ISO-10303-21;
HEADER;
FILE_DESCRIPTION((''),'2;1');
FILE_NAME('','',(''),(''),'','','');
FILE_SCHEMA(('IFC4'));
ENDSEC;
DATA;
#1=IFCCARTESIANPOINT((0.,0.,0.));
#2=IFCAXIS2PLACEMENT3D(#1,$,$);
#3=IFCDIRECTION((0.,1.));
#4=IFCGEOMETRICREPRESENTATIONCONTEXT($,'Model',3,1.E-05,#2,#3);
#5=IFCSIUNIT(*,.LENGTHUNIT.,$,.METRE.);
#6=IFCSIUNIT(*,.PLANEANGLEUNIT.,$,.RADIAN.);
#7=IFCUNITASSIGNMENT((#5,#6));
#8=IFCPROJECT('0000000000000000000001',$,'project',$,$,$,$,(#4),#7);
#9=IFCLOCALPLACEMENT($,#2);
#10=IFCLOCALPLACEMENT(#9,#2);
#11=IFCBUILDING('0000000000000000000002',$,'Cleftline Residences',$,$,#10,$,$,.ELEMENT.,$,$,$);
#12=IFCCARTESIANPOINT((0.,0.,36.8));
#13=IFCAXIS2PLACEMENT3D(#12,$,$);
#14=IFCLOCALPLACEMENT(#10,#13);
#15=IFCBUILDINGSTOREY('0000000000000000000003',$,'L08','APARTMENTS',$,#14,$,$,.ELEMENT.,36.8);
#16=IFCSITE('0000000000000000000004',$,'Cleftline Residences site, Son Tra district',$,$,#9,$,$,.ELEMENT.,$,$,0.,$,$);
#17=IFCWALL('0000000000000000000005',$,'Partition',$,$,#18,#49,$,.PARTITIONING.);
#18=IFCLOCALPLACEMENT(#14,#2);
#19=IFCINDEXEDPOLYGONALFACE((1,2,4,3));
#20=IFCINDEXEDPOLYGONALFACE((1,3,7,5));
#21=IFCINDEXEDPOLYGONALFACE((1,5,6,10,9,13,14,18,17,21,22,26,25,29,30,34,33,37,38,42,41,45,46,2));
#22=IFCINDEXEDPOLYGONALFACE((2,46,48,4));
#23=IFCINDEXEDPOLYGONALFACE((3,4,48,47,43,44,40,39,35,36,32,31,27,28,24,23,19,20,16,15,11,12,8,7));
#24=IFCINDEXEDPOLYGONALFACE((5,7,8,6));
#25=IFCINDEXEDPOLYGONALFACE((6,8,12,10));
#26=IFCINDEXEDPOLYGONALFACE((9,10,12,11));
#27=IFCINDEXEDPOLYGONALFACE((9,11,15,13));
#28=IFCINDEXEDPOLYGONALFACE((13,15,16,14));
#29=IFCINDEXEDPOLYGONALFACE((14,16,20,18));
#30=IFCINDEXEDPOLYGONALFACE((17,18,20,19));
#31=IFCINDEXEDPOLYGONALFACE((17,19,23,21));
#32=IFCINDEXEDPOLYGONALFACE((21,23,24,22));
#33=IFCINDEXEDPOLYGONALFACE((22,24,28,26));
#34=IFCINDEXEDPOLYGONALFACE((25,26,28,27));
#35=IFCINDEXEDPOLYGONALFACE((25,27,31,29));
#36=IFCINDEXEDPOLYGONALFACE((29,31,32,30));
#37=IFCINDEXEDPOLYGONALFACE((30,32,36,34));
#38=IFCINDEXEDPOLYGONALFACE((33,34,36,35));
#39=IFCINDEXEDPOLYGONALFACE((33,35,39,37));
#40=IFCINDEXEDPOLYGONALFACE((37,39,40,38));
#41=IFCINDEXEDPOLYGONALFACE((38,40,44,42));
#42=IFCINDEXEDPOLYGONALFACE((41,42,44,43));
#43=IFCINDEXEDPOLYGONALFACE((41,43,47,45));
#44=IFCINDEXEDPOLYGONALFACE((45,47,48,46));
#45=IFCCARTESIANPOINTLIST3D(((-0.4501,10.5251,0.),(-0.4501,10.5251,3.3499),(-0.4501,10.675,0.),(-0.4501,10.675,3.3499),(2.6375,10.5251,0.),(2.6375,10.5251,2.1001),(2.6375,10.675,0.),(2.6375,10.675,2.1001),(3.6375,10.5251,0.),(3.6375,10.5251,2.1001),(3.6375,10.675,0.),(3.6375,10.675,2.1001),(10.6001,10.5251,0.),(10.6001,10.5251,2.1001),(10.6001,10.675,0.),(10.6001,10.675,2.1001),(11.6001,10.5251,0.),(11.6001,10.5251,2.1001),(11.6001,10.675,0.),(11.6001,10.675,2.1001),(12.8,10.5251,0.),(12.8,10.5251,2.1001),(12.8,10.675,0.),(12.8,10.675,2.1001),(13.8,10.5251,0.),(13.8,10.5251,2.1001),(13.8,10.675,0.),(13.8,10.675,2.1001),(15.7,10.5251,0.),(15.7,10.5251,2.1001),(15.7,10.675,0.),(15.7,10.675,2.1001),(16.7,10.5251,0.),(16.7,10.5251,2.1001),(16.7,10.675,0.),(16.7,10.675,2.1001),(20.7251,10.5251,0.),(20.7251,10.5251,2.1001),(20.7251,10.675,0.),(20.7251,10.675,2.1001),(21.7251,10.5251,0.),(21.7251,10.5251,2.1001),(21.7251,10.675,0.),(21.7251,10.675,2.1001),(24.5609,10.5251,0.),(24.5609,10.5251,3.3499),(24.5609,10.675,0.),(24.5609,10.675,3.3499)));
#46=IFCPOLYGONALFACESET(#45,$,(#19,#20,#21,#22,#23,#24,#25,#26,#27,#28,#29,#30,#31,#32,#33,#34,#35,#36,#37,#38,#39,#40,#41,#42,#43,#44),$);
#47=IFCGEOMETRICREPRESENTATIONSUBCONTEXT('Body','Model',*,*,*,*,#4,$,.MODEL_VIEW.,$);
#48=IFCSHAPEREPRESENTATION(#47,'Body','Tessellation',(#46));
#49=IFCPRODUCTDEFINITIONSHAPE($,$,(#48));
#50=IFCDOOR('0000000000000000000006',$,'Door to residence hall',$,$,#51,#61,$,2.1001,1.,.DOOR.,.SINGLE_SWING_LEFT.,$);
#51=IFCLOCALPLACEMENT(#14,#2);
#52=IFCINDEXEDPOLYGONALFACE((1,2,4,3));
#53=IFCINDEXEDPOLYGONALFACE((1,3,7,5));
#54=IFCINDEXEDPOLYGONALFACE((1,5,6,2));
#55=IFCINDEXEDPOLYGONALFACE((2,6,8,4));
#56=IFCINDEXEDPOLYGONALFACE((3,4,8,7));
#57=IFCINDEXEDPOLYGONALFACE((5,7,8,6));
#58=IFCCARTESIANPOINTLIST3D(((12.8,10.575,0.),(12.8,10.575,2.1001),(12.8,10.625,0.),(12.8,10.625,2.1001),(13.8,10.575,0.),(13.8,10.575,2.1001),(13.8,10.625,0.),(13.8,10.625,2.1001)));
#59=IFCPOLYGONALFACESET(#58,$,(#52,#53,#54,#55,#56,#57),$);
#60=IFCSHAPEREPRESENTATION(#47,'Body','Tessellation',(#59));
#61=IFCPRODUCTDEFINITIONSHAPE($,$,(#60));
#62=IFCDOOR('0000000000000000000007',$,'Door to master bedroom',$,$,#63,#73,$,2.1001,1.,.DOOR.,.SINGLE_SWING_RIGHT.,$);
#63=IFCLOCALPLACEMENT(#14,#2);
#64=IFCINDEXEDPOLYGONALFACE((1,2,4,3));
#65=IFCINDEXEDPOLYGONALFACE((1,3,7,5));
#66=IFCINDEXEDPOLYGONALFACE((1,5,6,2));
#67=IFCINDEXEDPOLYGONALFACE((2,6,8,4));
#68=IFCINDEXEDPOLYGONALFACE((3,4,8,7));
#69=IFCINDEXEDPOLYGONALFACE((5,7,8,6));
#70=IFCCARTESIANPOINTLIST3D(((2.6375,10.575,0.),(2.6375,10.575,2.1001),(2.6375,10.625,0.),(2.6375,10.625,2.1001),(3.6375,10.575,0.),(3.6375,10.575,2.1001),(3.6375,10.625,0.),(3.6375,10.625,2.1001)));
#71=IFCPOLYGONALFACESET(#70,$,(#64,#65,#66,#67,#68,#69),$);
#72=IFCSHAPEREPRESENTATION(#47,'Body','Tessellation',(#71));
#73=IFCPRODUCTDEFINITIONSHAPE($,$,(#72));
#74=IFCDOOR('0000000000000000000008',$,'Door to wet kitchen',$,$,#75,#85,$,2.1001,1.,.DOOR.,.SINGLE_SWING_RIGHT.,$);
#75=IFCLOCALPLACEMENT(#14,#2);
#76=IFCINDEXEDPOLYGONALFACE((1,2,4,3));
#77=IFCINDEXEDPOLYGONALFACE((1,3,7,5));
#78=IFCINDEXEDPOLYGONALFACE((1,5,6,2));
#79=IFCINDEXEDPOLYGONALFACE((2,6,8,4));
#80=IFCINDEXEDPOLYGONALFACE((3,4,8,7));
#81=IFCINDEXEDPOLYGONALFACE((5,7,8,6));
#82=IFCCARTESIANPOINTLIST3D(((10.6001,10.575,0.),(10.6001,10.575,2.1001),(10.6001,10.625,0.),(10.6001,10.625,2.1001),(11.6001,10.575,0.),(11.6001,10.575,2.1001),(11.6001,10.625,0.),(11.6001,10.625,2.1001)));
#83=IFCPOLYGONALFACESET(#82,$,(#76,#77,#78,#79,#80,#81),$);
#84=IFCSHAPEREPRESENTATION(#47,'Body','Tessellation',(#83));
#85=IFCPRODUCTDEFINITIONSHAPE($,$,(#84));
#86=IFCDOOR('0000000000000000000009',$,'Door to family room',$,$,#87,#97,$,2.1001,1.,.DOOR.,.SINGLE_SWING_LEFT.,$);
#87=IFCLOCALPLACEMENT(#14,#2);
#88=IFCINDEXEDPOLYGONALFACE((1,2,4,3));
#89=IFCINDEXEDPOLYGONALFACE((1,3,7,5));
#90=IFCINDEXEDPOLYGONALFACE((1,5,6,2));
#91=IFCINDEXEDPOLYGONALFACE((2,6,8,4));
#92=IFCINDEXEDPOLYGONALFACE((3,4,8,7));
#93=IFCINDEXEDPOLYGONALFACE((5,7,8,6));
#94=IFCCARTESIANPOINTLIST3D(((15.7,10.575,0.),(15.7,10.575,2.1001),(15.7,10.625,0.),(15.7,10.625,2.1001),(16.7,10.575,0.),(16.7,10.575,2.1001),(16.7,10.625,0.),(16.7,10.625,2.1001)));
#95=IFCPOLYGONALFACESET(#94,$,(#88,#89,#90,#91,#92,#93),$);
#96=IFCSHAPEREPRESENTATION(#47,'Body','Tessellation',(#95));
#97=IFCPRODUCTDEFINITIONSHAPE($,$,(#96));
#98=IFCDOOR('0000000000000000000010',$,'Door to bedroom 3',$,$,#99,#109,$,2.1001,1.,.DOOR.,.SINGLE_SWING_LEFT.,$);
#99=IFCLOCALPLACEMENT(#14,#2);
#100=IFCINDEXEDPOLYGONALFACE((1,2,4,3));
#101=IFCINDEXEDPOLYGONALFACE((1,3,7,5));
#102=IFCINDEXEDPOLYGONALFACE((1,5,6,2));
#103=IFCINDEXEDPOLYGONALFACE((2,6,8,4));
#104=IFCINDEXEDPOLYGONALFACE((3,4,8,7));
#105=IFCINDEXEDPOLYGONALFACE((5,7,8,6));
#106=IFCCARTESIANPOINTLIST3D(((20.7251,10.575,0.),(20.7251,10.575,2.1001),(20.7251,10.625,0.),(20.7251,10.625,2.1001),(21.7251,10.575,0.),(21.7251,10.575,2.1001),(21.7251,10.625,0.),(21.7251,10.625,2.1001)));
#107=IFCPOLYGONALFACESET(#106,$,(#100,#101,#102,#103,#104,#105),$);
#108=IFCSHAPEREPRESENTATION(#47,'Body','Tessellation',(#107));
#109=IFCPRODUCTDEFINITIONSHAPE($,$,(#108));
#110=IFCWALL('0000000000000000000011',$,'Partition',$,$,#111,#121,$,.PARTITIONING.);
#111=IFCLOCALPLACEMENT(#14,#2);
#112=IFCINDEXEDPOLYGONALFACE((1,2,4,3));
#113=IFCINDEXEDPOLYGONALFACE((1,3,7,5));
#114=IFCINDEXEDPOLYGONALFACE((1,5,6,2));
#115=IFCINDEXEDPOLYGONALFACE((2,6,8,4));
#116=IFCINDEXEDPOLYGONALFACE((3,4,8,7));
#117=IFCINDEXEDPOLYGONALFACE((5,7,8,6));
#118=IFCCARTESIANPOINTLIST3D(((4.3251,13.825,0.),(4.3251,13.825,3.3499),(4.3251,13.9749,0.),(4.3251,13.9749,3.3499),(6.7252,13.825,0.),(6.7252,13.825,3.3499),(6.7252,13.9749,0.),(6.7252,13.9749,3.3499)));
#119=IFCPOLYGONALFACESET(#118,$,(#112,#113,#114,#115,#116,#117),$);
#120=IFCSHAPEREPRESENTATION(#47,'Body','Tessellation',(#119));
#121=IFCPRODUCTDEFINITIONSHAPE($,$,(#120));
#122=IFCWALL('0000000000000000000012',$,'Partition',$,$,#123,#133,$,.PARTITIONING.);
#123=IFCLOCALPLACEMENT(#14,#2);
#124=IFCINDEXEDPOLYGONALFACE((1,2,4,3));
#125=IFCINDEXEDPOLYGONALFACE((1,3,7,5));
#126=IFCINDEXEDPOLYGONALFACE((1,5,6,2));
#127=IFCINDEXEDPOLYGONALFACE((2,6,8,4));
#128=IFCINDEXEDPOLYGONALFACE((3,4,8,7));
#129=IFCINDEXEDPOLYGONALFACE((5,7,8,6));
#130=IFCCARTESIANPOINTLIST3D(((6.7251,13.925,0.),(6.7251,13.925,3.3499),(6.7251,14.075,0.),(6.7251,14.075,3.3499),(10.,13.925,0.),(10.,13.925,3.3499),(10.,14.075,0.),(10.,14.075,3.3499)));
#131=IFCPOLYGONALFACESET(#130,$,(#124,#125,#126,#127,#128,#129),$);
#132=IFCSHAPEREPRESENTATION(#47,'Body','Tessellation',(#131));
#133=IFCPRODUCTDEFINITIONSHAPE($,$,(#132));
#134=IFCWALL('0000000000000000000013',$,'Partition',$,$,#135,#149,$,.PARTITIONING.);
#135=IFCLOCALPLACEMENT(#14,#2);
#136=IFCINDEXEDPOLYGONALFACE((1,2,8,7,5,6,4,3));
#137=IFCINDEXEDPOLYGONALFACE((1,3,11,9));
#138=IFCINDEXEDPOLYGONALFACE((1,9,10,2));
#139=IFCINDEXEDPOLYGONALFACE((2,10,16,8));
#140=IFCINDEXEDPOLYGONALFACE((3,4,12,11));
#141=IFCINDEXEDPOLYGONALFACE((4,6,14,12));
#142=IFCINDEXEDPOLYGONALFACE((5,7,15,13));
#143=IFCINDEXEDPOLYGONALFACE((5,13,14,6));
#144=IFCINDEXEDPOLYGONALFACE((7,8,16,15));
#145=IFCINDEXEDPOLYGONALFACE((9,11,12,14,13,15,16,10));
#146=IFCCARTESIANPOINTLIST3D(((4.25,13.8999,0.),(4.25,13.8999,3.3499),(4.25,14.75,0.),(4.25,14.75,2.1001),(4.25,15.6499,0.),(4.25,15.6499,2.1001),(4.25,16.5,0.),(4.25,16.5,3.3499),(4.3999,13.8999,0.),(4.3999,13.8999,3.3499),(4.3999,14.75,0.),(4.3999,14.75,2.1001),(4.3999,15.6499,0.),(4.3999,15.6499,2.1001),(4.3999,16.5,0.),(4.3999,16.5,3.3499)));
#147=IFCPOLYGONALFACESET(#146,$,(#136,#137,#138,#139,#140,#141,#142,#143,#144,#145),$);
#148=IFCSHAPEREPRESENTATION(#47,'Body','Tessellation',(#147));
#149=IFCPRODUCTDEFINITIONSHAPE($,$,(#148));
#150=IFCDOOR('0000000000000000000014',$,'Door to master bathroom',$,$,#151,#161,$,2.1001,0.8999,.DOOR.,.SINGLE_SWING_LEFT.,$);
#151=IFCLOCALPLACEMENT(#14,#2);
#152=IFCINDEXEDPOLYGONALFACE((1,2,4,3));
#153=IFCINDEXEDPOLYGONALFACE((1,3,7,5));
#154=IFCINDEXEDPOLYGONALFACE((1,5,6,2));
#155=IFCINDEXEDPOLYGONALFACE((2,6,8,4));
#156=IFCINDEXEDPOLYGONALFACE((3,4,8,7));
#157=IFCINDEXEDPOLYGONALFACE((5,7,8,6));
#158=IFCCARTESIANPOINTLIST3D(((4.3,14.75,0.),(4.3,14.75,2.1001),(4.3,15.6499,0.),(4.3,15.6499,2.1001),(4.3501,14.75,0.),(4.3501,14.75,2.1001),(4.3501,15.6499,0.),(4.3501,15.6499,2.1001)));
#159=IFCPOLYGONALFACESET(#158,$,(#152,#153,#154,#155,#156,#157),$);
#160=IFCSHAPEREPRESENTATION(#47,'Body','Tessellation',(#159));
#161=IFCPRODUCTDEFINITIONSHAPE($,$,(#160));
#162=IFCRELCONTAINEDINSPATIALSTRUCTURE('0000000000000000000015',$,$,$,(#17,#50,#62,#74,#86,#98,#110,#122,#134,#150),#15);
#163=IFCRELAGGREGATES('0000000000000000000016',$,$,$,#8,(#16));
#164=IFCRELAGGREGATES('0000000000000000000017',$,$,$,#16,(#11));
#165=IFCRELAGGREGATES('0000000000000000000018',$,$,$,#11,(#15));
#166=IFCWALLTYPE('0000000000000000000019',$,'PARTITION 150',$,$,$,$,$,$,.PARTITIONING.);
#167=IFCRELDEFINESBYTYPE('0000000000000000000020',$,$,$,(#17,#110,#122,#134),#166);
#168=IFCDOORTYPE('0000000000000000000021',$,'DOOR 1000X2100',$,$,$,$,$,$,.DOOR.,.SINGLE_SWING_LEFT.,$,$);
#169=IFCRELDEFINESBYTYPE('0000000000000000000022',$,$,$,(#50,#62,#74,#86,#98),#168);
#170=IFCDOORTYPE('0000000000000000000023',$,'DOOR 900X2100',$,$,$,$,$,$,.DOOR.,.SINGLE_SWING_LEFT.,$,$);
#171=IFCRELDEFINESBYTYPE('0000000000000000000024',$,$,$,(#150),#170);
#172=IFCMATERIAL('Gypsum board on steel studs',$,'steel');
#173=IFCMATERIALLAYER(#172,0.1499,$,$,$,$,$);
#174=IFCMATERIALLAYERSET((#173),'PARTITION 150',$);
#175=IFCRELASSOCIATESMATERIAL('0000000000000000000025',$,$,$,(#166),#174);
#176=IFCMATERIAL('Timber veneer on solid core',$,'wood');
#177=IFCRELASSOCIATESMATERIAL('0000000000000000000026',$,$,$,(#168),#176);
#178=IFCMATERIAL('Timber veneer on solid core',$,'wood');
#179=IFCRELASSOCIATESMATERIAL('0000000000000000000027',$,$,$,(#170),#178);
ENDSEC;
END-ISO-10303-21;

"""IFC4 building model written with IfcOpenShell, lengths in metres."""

from ifc_helpers import new_model, si_unit, direction, frame, frame_2d, origin, place, context, subcontext, project, spatial, rectangle, extrude, material, layer, layer_set, type_object, element, fill, save


model = new_model("IFC4")

# Units and contexts
model_context = context("Model", 3, precision=1e-05, world=origin(), true_north=direction((0.0, 1.0)))
body_context = subcontext(model_context, "Body", "Model", "MODEL_VIEW")
ifc_project = project(units=[si_unit("LENGTHUNIT", "METRE"), si_unit("PLANEANGLEUNIT", "RADIAN")], contexts=[model_context])

# Site, building, storey
site_placement = place(None, origin())
site = spatial("IfcSite", under=ifc_project, at=site_placement, Name="Cleftline Residences site, Son Tra district", CompositionType="ELEMENT", RefElevation=0.0)
building_placement = place(site_placement, origin())
building = spatial("IfcBuilding", under=site, at=building_placement, Name="Cleftline Residences", CompositionType="ELEMENT")
storey_placement = place(building_placement, frame((0.0, 0.0, 36.8)))
storey = spatial("IfcBuildingStorey", under=building, at=storey_placement, Name="L08", Description="APARTMENTS", CompositionType="ELEMENT", Elevation=36.8)

# Wall, openings, doors
ifc_material_1 = material(Name="Gypsum board on steel studs", Category="steel")
ifc_layer = layer(ifc_material_1, 0.1499)
ifc_layer_set = layer_set([ifc_layer], Name="PARTITION 150")
wall_type = type_object("IfcWallType", Name="PARTITION 150", PredefinedType="PARTITIONING", material=ifc_layer_set)
wall_1_placement = place(storey_placement, frame((-0.45, 10.6001, 0.0), z_axis=(0.0, 0.0, 1.0), x_axis=(1.0, 0.0, 0.0)))
wall_1 = element("IfcWall", 1, at=wall_1_placement, inside=storey, type_object=wall_type, Name="Partition", PredefinedType="PARTITIONING", context=body_context, shape_type="SweptSolid", body=[
    extrude(rectangle(XDim=25.011, YDim=0.1499, at=frame_2d((12.5054, 0.0))), origin(), (0.0, 0.0, 1.0), 3.3499),
])
opening_1_placement = place(wall_1_placement, frame((13.25, 0.0, 0.0)))
opening_1 = element("IfcOpeningElement", 2, at=opening_1_placement, cuts=wall_1, PredefinedType="OPENING", context=body_context, shape_type="SweptSolid", body=[
    extrude(rectangle(XDim=1.0, YDim=2.1001, at=frame_2d((0.5, 1.05))), frame((0.0, 0.085, 0.0), z_axis=(0.0, -1.0, 0.0), x_axis=(1.0, 0.0, 0.0)), (0.0, 0.0, 1.0), 0.1699),
])
opening_2_placement = place(wall_1_placement, frame((3.0874, 0.0, 0.0)))
opening_2 = element("IfcOpeningElement", 3, at=opening_2_placement, cuts=wall_1, PredefinedType="OPENING", context=body_context, shape_type="SweptSolid", body=[
    extrude(rectangle(XDim=1.0, YDim=2.1001, at=frame_2d((0.5, 1.05))), frame((0.0, 0.085, 0.0), z_axis=(0.0, -1.0, 0.0), x_axis=(1.0, 0.0, 0.0)), (0.0, 0.0, 1.0), 0.1699),
])
opening_3_placement = place(wall_1_placement, frame((11.05, 0.0, 0.0)))
opening_3 = element("IfcOpeningElement", 4, at=opening_3_placement, cuts=wall_1, PredefinedType="OPENING", context=body_context, shape_type="SweptSolid", body=[
    extrude(rectangle(XDim=1.0, YDim=2.1001, at=frame_2d((0.5, 1.05))), frame((0.0, 0.085, 0.0), z_axis=(0.0, -1.0, 0.0), x_axis=(1.0, 0.0, 0.0)), (0.0, 0.0, 1.0), 0.1699),
])
opening_4_placement = place(wall_1_placement, frame((16.1499, 0.0, 0.0)))
opening_4 = element("IfcOpeningElement", 5, at=opening_4_placement, cuts=wall_1, PredefinedType="OPENING", context=body_context, shape_type="SweptSolid", body=[
    extrude(rectangle(XDim=1.0, YDim=2.1001, at=frame_2d((0.5, 1.05))), frame((0.0, 0.085, 0.0), z_axis=(0.0, -1.0, 0.0), x_axis=(1.0, 0.0, 0.0)), (0.0, 0.0, 1.0), 0.1699),
])
opening_5_placement = place(wall_1_placement, frame((21.175, 0.0, 0.0)))
opening_5 = element("IfcOpeningElement", 6, at=opening_5_placement, cuts=wall_1, PredefinedType="OPENING", context=body_context, shape_type="SweptSolid", body=[
    extrude(rectangle(XDim=1.0, YDim=2.1001, at=frame_2d((0.5, 1.05))), frame((0.0, 0.085, 0.0), z_axis=(0.0, -1.0, 0.0), x_axis=(1.0, 0.0, 0.0)), (0.0, 0.0, 1.0), 0.1699),
])
ifc_material_2 = material(Name="Timber veneer on solid core", Category="wood")
door_type_1 = type_object("IfcDoorType", Name="DOOR 1000X2100", OperationType="SINGLE_SWING_LEFT", PredefinedType="DOOR", material=ifc_material_2)
door_1_placement = place(opening_1_placement, origin())
door_1 = element("IfcDoor", 7, at=door_1_placement, inside=storey, type_object=door_type_1, Name="Door to residence hall", OperationType="SINGLE_SWING_LEFT", OverallHeight=2.1001, OverallWidth=1.0, PredefinedType="DOOR", context=body_context, shape_type="SweptSolid", body=[
    extrude(rectangle(XDim=1.0, YDim=2.1001, at=frame_2d((0.5, 1.05))), frame((0.0, 0.0249, 0.0), z_axis=(0.0, -1.0, 0.0), x_axis=(1.0, 0.0, 0.0)), (0.0, 0.0, 1.0), 0.05),
])
fill(opening_1, door_1)
door_2_placement = place(opening_2_placement, origin())
door_2 = element("IfcDoor", 8, at=door_2_placement, inside=storey, type_object=door_type_1, Name="Door to master bedroom", OperationType="SINGLE_SWING_RIGHT", OverallHeight=2.1001, OverallWidth=1.0, PredefinedType="DOOR", context=body_context, shape_type="SweptSolid", body=[
    extrude(rectangle(XDim=1.0, YDim=2.1001, at=frame_2d((0.5, 1.05))), frame((0.0, 0.0249, 0.0), z_axis=(0.0, -1.0, 0.0), x_axis=(1.0, 0.0, 0.0)), (0.0, 0.0, 1.0), 0.05),
])
fill(opening_2, door_2)
door_3_placement = place(opening_3_placement, origin())
door_3 = element("IfcDoor", 9, at=door_3_placement, inside=storey, type_object=door_type_1, Name="Door to wet kitchen", OperationType="SINGLE_SWING_RIGHT", OverallHeight=2.1001, OverallWidth=1.0, PredefinedType="DOOR", context=body_context, shape_type="SweptSolid", body=[
    extrude(rectangle(XDim=1.0, YDim=2.1001, at=frame_2d((0.5, 1.05))), frame((0.0, 0.0249, 0.0), z_axis=(0.0, -1.0, 0.0), x_axis=(1.0, 0.0, 0.0)), (0.0, 0.0, 1.0), 0.05),
])
fill(opening_3, door_3)
door_4_placement = place(opening_4_placement, origin())
door_4 = element("IfcDoor", 10, at=door_4_placement, inside=storey, type_object=door_type_1, Name="Door to family room", OperationType="SINGLE_SWING_LEFT", OverallHeight=2.1001, OverallWidth=1.0, PredefinedType="DOOR", context=body_context, shape_type="SweptSolid", body=[
    extrude(rectangle(XDim=1.0, YDim=2.1001, at=frame_2d((0.5, 1.05))), frame((0.0, 0.0249, 0.0), z_axis=(0.0, -1.0, 0.0), x_axis=(1.0, 0.0, 0.0)), (0.0, 0.0, 1.0), 0.05),
])
fill(opening_4, door_4)
door_5_placement = place(opening_5_placement, origin())
door_5 = element("IfcDoor", 11, at=door_5_placement, inside=storey, type_object=door_type_1, Name="Door to bedroom 3", OperationType="SINGLE_SWING_LEFT", OverallHeight=2.1001, OverallWidth=1.0, PredefinedType="DOOR", context=body_context, shape_type="SweptSolid", body=[
    extrude(rectangle(XDim=1.0, YDim=2.1001, at=frame_2d((0.5, 1.05))), frame((0.0, 0.0249, 0.0), z_axis=(0.0, -1.0, 0.0), x_axis=(1.0, 0.0, 0.0)), (0.0, 0.0, 1.0), 0.05),
])
fill(opening_5, door_5)

# Walls
wall_2_placement = place(storey_placement, frame((4.325, 13.8999, 0.0), z_axis=(0.0, 0.0, 1.0), x_axis=(1.0, 0.0, 0.0)))
element("IfcWall", 12, at=wall_2_placement, inside=storey, type_object=wall_type, Name="Partition", PredefinedType="PARTITIONING", context=body_context, shape_type="SweptSolid", body=[
    extrude(rectangle(XDim=2.4001, YDim=0.1499, at=frame_2d((1.2002, 0.0))), origin(), (0.0, 0.0, 1.0), 3.3499),
])
wall_3_placement = place(storey_placement, frame((6.7251, 14.0, 0.0), z_axis=(0.0, 0.0, 1.0), x_axis=(1.0, 0.0, 0.0)))
element("IfcWall", 13, at=wall_3_placement, inside=storey, type_object=wall_type, Name="Partition", PredefinedType="PARTITIONING", context=body_context, shape_type="SweptSolid", body=[
    extrude(rectangle(XDim=3.2749, YDim=0.1499, at=frame_2d((1.6375, 0.0))), origin(), (0.0, 0.0, 1.0), 3.3499),
])

# Wall, opening, door
wall_4_placement = place(storey_placement, frame((4.325, 13.8999, 0.0), z_axis=(0.0, 0.0, 1.0), x_axis=(0.0, 1.0, 0.0)))
wall_4 = element("IfcWall", 14, at=wall_4_placement, inside=storey, type_object=wall_type, Name="Partition", PredefinedType="PARTITIONING", context=body_context, shape_type="SweptSolid", body=[
    extrude(rectangle(XDim=2.6001, YDim=0.1499, at=frame_2d((1.3, 0.0))), origin(), (0.0, 0.0, 1.0), 3.3499),
])
opening_6_placement = place(wall_4_placement, frame((0.8501, 0.0, 0.0)))
opening_6 = element("IfcOpeningElement", 15, at=opening_6_placement, cuts=wall_4, PredefinedType="OPENING", context=body_context, shape_type="SweptSolid", body=[
    extrude(rectangle(XDim=0.8999, YDim=2.1001, at=frame_2d((0.45, 1.05))), frame((0.0, 0.085, 0.0), z_axis=(0.0, -1.0, 0.0), x_axis=(1.0, 0.0, 0.0)), (0.0, 0.0, 1.0), 0.1699),
])
ifc_material_3 = material(Name="Timber veneer on solid core", Category="wood")
door_type_2 = type_object("IfcDoorType", Name="DOOR 900X2100", OperationType="SINGLE_SWING_LEFT", PredefinedType="DOOR", material=ifc_material_3)
door_6_placement = place(opening_6_placement, origin())
door_6 = element("IfcDoor", 16, at=door_6_placement, inside=storey, type_object=door_type_2, Name="Door to master bathroom", OperationType="SINGLE_SWING_LEFT", OverallHeight=2.1001, OverallWidth=0.8999, PredefinedType="DOOR", context=body_context, shape_type="SweptSolid", body=[
    extrude(rectangle(XDim=0.8999, YDim=2.1001, at=frame_2d((0.45, 1.05))), frame((0.0, 0.0249, 0.0), z_axis=(0.0, -1.0, 0.0), x_axis=(1.0, 0.0, 0.0)), (0.0, 0.0, 1.0), 0.05),
])
fill(opening_6, door_6)

save(model, "model.ifc")
